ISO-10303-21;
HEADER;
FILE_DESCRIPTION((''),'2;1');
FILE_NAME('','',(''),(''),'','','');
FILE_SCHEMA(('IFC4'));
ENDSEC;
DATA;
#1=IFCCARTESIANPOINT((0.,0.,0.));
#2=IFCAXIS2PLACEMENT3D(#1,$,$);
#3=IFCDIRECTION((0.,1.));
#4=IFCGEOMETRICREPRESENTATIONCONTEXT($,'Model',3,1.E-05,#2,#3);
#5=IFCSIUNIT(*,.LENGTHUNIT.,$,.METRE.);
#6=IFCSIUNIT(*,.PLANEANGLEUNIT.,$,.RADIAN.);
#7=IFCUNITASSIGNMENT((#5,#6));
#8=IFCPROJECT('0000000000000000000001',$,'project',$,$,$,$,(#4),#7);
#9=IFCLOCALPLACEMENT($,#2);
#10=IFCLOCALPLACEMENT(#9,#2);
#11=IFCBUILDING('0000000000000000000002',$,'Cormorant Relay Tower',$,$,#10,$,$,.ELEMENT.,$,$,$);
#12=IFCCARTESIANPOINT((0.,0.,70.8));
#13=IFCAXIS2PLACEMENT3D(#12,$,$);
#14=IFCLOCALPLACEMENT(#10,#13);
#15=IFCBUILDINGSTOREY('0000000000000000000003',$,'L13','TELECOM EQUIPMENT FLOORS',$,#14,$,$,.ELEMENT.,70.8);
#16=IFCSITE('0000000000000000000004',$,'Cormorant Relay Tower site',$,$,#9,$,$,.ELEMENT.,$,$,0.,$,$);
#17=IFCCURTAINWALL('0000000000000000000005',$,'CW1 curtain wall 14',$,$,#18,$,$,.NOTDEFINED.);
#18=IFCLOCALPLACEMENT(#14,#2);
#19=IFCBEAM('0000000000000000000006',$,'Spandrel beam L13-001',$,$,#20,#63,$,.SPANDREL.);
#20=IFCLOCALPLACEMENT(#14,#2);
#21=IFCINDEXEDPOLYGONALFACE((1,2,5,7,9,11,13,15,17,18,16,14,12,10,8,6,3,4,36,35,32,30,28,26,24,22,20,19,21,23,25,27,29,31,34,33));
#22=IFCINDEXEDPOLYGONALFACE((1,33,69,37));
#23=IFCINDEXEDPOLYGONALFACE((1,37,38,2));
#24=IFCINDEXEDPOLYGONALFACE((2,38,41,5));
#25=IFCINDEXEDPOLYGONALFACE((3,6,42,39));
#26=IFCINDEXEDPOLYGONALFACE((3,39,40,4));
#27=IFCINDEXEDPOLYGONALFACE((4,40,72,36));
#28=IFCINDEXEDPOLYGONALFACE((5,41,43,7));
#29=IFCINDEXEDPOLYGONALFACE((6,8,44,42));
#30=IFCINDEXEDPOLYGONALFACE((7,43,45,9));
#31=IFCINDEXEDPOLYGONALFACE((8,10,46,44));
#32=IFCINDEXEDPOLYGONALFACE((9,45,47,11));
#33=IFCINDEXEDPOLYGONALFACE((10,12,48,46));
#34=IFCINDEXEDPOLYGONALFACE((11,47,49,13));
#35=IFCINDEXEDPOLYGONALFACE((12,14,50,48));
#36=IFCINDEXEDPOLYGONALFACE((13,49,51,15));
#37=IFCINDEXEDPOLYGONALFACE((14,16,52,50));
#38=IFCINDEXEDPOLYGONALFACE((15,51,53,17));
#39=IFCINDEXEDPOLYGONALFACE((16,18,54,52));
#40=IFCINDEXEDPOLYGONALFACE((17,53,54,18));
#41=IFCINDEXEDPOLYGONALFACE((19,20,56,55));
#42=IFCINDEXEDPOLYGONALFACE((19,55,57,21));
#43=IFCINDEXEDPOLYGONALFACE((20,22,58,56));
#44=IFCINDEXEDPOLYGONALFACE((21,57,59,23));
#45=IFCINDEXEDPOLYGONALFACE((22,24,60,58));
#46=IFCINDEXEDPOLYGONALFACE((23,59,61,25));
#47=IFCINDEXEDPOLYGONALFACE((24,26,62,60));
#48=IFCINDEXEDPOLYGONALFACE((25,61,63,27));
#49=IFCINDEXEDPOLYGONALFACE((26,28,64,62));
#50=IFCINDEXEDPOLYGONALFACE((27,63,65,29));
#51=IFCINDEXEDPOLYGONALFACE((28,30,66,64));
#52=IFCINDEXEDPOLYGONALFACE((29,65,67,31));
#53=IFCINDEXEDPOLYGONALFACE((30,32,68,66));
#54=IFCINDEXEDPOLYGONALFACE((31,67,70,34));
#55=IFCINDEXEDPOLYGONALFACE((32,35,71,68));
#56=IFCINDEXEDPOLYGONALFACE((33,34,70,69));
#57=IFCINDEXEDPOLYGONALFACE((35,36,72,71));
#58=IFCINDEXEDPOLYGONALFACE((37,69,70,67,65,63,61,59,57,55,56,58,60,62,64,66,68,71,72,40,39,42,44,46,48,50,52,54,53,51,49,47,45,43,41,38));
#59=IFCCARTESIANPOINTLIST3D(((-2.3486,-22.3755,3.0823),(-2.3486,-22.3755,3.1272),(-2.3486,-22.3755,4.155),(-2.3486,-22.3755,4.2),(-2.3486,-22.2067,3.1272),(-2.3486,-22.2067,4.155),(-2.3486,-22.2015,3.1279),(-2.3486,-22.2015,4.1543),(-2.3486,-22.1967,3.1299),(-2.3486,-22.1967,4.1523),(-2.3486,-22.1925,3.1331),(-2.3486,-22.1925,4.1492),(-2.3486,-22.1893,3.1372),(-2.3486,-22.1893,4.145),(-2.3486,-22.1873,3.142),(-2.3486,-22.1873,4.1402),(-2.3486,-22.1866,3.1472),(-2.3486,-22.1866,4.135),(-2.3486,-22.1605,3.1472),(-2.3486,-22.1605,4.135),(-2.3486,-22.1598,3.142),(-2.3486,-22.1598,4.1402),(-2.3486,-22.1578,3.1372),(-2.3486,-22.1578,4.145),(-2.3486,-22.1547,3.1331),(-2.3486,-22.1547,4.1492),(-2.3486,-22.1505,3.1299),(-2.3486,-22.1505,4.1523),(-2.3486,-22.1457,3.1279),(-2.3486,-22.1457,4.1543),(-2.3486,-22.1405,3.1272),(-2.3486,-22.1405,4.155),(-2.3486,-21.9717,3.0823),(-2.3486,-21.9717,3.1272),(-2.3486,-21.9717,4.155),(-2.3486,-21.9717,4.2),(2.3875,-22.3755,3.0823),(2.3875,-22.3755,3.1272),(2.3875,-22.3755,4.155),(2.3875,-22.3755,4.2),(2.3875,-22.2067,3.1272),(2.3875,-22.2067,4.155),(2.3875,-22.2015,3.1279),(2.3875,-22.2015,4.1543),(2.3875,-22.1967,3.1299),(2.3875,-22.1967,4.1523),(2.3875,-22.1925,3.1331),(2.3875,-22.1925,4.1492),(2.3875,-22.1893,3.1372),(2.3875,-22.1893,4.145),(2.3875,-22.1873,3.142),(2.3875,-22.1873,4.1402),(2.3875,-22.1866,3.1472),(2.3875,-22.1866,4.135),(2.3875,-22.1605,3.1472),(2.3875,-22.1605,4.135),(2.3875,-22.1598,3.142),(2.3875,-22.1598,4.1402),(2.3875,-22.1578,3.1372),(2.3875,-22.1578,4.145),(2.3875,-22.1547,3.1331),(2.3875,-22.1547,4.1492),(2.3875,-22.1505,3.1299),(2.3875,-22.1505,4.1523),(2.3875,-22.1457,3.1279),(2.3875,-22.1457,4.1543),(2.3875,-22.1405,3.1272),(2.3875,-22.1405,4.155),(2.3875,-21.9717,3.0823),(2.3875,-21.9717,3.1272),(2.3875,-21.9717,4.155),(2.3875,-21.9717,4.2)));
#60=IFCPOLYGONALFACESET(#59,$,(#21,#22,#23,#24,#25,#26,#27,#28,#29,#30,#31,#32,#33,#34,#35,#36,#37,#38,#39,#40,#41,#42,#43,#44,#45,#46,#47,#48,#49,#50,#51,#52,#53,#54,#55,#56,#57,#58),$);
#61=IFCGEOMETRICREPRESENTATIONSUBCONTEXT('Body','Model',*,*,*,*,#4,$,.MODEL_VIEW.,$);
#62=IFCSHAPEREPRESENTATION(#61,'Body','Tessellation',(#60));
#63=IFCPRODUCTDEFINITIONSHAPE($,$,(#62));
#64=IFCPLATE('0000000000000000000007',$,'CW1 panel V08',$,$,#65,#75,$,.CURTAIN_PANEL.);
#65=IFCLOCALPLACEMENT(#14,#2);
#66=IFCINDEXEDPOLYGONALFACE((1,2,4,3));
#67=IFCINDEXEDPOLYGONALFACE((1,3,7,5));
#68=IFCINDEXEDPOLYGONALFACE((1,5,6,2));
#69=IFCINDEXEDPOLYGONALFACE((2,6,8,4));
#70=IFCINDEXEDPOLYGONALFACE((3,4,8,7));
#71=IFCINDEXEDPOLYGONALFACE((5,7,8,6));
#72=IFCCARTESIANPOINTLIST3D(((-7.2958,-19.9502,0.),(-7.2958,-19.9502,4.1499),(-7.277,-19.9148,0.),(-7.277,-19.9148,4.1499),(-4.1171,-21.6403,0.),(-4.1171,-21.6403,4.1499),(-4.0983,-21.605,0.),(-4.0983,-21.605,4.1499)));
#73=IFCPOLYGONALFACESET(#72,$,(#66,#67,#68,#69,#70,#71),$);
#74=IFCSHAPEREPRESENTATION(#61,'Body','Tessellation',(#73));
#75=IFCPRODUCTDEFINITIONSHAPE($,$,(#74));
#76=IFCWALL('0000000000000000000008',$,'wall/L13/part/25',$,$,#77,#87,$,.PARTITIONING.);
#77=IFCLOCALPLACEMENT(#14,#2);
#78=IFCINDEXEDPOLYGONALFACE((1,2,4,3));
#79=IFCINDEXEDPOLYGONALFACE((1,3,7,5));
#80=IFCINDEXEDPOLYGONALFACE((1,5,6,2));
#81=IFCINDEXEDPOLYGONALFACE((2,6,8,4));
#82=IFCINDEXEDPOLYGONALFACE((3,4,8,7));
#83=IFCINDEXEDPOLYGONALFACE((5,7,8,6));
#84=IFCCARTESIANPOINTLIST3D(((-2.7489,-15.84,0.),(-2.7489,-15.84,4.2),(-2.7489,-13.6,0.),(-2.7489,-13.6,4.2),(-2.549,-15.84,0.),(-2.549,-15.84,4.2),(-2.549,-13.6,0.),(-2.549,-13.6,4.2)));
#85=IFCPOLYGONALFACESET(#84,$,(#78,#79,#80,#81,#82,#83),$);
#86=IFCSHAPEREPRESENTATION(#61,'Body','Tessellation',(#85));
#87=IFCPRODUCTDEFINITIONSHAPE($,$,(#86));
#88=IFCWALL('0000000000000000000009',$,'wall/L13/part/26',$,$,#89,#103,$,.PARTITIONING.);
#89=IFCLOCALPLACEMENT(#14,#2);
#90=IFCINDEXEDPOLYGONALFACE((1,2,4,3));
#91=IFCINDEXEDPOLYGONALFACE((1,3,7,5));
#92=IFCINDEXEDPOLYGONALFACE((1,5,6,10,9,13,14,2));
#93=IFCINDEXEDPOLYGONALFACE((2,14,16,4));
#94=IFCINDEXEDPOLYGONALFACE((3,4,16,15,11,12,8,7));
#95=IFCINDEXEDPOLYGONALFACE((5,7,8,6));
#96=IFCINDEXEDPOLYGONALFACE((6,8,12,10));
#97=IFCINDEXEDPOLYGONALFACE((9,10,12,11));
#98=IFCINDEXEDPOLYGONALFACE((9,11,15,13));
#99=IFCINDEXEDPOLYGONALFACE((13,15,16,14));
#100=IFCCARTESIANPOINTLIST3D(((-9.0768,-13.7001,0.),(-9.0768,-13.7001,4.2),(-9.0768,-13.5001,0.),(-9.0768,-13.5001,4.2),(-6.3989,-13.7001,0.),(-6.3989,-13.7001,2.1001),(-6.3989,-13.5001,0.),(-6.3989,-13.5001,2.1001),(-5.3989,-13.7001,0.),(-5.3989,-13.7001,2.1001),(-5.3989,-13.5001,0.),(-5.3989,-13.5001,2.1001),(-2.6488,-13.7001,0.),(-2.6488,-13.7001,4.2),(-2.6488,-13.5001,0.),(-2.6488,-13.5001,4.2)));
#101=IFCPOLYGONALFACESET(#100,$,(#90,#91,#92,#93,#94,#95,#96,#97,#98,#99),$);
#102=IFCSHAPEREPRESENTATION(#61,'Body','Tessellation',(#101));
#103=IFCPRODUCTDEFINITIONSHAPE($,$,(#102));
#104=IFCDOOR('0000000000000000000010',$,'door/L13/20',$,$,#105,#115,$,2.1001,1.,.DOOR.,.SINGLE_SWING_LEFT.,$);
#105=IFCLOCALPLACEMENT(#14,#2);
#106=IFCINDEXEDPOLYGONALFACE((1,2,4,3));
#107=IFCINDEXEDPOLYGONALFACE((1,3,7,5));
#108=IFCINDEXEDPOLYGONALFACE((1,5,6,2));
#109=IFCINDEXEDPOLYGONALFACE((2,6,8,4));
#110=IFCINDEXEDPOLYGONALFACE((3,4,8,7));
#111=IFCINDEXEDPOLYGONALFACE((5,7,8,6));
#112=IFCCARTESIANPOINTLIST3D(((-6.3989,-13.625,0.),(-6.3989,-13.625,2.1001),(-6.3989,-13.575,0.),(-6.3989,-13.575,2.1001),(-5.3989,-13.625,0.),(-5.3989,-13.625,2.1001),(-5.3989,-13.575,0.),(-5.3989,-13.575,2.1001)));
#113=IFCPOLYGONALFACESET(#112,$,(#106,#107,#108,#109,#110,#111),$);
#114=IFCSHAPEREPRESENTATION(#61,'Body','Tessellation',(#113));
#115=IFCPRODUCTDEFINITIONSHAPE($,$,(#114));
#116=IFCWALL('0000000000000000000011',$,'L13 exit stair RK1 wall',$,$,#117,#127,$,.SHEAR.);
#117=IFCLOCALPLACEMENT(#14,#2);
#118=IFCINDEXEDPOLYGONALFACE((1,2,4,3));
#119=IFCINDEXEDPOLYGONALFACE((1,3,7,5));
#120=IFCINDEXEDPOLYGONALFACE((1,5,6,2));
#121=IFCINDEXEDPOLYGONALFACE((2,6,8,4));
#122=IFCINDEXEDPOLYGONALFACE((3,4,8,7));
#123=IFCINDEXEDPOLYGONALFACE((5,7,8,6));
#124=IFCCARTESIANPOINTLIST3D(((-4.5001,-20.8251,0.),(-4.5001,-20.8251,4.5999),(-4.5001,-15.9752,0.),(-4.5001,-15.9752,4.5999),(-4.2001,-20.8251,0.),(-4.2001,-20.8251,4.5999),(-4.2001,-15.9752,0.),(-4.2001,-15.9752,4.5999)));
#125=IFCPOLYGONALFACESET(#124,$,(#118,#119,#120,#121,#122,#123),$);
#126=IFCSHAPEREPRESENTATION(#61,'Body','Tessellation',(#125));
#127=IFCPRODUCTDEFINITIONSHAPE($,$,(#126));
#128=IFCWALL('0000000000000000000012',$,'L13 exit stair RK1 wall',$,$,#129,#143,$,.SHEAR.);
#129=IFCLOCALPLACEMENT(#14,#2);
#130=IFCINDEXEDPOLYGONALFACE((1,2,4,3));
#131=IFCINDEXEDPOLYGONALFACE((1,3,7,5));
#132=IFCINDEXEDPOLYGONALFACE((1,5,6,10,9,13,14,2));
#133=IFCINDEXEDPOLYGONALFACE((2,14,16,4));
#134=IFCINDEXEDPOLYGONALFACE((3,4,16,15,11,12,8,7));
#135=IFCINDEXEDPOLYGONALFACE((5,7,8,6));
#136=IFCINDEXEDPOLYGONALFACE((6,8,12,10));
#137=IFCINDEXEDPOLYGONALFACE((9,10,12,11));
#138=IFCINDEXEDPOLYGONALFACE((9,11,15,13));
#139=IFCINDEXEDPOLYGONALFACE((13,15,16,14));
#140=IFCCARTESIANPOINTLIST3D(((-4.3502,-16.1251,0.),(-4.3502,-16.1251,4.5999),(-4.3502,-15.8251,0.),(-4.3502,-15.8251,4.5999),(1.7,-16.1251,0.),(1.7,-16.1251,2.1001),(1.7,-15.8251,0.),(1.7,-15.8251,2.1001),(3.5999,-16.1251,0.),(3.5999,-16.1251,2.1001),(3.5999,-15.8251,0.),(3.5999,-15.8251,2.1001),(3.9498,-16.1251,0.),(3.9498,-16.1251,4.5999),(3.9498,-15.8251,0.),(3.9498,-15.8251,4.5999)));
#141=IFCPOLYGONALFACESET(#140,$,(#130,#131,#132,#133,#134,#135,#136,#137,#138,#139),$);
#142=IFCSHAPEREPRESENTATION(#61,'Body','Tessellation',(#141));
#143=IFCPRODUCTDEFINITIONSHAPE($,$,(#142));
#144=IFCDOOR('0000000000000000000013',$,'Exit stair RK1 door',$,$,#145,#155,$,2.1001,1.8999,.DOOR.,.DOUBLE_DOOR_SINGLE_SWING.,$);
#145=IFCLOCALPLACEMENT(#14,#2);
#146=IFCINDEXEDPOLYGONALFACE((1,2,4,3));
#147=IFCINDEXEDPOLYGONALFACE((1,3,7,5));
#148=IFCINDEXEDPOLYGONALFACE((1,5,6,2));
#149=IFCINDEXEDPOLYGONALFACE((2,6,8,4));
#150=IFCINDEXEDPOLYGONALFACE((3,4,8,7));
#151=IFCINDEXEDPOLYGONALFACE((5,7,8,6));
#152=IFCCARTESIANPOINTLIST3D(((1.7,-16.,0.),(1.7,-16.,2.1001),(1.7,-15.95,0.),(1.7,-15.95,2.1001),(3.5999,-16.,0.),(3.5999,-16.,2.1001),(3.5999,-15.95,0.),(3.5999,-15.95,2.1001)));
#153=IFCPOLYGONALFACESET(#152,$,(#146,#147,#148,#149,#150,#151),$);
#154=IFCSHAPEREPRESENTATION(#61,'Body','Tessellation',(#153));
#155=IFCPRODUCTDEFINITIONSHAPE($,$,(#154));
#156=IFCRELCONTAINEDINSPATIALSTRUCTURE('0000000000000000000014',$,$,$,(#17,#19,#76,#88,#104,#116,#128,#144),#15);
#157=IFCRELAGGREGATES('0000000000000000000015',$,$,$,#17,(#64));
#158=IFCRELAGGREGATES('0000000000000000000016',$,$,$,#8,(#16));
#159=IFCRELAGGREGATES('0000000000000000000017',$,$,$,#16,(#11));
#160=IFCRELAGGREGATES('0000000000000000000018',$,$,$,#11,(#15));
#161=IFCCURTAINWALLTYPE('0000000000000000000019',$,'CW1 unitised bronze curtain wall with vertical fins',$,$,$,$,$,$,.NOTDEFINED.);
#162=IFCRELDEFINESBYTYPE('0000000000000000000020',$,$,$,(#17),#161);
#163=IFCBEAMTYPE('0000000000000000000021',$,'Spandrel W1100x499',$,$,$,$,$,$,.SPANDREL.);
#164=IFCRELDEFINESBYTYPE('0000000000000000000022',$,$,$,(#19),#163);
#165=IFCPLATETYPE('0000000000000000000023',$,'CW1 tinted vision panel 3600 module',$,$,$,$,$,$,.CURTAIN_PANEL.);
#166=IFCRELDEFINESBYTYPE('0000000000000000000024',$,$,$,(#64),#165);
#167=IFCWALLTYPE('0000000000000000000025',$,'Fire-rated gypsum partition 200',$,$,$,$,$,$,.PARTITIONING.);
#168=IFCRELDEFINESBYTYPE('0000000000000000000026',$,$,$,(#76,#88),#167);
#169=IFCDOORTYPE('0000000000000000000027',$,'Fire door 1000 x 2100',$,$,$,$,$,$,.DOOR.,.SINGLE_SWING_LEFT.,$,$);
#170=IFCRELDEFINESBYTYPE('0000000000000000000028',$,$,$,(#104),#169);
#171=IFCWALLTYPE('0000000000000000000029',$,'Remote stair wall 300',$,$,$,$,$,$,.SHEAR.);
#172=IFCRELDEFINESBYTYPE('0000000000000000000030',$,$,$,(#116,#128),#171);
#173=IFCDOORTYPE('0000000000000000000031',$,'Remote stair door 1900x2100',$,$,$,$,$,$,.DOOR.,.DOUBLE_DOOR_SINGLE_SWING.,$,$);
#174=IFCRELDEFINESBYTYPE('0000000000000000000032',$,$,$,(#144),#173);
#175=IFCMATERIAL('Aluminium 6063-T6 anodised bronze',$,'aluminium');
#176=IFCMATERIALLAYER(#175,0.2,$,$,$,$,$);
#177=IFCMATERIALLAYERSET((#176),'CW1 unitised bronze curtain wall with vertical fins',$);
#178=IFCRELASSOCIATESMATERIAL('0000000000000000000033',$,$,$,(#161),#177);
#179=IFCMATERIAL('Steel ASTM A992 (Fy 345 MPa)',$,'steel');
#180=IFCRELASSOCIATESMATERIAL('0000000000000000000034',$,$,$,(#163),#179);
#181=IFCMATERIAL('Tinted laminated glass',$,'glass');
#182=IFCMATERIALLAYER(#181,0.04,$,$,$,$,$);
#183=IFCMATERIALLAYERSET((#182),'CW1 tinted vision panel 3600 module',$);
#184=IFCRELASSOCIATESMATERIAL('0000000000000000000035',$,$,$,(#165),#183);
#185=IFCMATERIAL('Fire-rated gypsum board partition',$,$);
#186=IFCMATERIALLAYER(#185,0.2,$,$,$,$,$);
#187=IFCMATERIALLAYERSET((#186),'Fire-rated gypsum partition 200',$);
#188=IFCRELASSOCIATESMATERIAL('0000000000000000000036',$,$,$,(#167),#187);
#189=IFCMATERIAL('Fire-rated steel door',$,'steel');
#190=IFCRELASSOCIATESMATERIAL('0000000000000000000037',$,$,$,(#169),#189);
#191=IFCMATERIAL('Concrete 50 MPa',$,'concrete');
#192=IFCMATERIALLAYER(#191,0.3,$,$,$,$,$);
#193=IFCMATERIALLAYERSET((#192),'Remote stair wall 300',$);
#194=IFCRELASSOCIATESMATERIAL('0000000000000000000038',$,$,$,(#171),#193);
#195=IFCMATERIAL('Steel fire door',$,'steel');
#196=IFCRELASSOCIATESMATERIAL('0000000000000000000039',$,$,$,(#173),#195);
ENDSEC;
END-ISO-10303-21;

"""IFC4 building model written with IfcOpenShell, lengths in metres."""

from ifc_helpers import new_model, si_unit, direction, frame, frame_2d, origin, origin_2d, place, context, subcontext, project, spatial, rectangle, i_section, extrude, material, layer, layer_set, material_profile, profile_set, type_object, element, fill, aggregate, save


model = new_model("IFC4")

# Units and contexts
model_context = context("Model", 3, precision=1e-05, world=origin(), true_north=direction((0.0, 1.0)))
body_context = subcontext(model_context, "Body", "Model", "MODEL_VIEW")
ifc_project = project(units=[si_unit("LENGTHUNIT", "METRE"), si_unit("PLANEANGLEUNIT", "RADIAN")], contexts=[model_context])

# Site, building, storey
site_placement = place(None, origin())
site = spatial("IfcSite", under=ifc_project, at=site_placement, Name="Cormorant Relay Tower site", CompositionType="ELEMENT", RefElevation=0.0)
building_placement = place(site_placement, origin())
building = spatial("IfcBuilding", under=site, at=building_placement, Name="Cormorant Relay Tower", CompositionType="ELEMENT")
storey_placement = place(building_placement, frame((0.0, 0.0, 70.8)))
storey = spatial("IfcBuildingStorey", under=building, at=storey_placement, Name="L13", Description="TELECOM EQUIPMENT FLOORS", CompositionType="ELEMENT", Elevation=70.8)

# Shared definitions
ifc_material_1 = material(Name="Aluminium 6063-T6 anodised bronze", Category="aluminium")
ifc_layer_1 = layer(ifc_material_1, 0.2)
ifc_layer_set_1 = layer_set([ifc_layer_1], Name="CW1 unitised bronze curtain wall with vertical fins")
curtain_wall_type = type_object("IfcCurtainWallType", Name="CW1 unitised bronze curtain wall with vertical fins", PredefinedType="NOTDEFINED", material=ifc_layer_set_1)

# Curtain wall
curtain_wall_1_placement = place(storey_placement, origin())
curtain_wall_1 = element("IfcCurtainWall", 1, at=curtain_wall_1_placement, inside=storey, type_object=curtain_wall_type, Name="CW1 curtain wall 14", PredefinedType="NOTDEFINED")

# Beam
ifc_material_2 = material(Name="Steel ASTM A992 (Fy 345 MPa)", Category="steel")
ifc_material_profile_1 = material_profile(ifc_material_2, i_section(OverallWidth=0.4038, OverallDepth=1.1177, WebThickness=0.0261, FlangeThickness=0.0449, FilletRadius=0.02, at=origin_2d()), Name="W1100x499")
ifc_profile_set_1 = profile_set([ifc_material_profile_1], Name="Steel ASTM A992 (Fy 345 MPa)")
beam_type = type_object("IfcBeamType", Name="Spandrel W1100x499", PredefinedType="SPANDREL", material=ifc_profile_set_1)
beam_placement = place(storey_placement, frame((-2.3486, -22.1736, 3.6411), z_axis=(1.0, 0.0, 0.0), x_axis=(0.0, 1.0, 0.0)))
element("IfcBeam", 2, at=beam_placement, inside=storey, type_object=beam_type, Name="Spandrel beam L13-001", PredefinedType="SPANDREL", context=body_context, shape_type="SweptSolid", body=[
    extrude(i_section(OverallWidth=0.4038, OverallDepth=1.1177, WebThickness=0.0261, FlangeThickness=0.0449, FilletRadius=0.02, at=origin_2d()), origin(), (0.0, 0.0, 1.0), 4.7361),
])

# Plate
ifc_material_3 = material(Name="Tinted laminated glass", Category="glass")
ifc_layer_2 = layer(ifc_material_3, 0.04)
ifc_layer_set_2 = layer_set([ifc_layer_2], Name="CW1 tinted vision panel 3600 module")
plate_type = type_object("IfcPlateType", Name="CW1 tinted vision panel 3600 module", PredefinedType="CURTAIN_PANEL", material=ifc_layer_set_2)
plate_placement = place(storey_placement, frame((-5.697, -20.7776, 0.0), z_axis=(0.0, 0.0, 1.0), x_axis=(0.882948, -0.469472, 0.0)))
plate = element("IfcPlate", 3, at=plate_placement, type_object=plate_type, Name="CW1 panel V08", PredefinedType="CURTAIN_PANEL", context=body_context, shape_type="SweptSolid", body=[
    extrude(rectangle(XDim=3.6001, YDim=0.04, at=origin_2d()), origin(), (0.0, 0.0, 1.0), 4.1499),
])

# Wall
ifc_material_4 = material(Name="Fire-rated gypsum board partition")
ifc_layer_3 = layer(ifc_material_4, 0.2)
ifc_layer_set_3 = layer_set([ifc_layer_3], Name="Fire-rated gypsum partition 200")
wall_type_1 = type_object("IfcWallType", Name="Fire-rated gypsum partition 200", PredefinedType="PARTITIONING", material=ifc_layer_set_3)
wall_1_placement = place(storey_placement, frame((-2.6489, -15.8401, 0.0), z_axis=(0.0, 0.0, 1.0), x_axis=(0.0, 1.0, 0.0)))
element("IfcWall", 4, at=wall_1_placement, inside=storey, type_object=wall_type_1, Name="wall/L13/part/25", PredefinedType="PARTITIONING", context=body_context, shape_type="SweptSolid", body=[
    extrude(rectangle(XDim=2.24, YDim=0.2, at=frame_2d((1.1201, 0.0))), origin(), (0.0, 0.0, 1.0), 4.2),
])

# Wall, opening, door
wall_2_placement = place(storey_placement, frame((-2.6489, -13.6001, 0.0), z_axis=(0.0, 0.0, 1.0), x_axis=(-1.0, 0.0, 0.0)))
wall_2 = element("IfcWall", 5, at=wall_2_placement, inside=storey, type_object=wall_type_1, Name="wall/L13/part/26", PredefinedType="PARTITIONING", context=body_context, shape_type="SweptSolid", body=[
    extrude(rectangle(XDim=6.428, YDim=0.2, at=frame_2d((3.2139, 0.0))), origin(), (0.0, 0.0, 1.0), 4.2),
])
opening_1_placement = place(wall_2_placement, frame((2.75, 0.0, 0.0)))
opening_1 = element("IfcOpeningElement", 6, at=opening_1_placement, cuts=wall_2, PredefinedType="OPENING", context=body_context, shape_type="SweptSolid", body=[
    extrude(rectangle(XDim=1.0, YDim=2.1001, at=frame_2d((0.5, 1.05))), frame((0.0, 0.1099, 0.0), z_axis=(0.0, -1.0, 0.0), x_axis=(1.0, 0.0, 0.0)), (0.0, 0.0, 1.0), 0.22),
])
ifc_material_5 = material(Name="Fire-rated steel door", Category="steel")
door_type_1 = type_object("IfcDoorType", Name="Fire door 1000 x 2100", OperationType="SINGLE_SWING_LEFT", PredefinedType="DOOR", material=ifc_material_5)
door_1_placement = place(opening_1_placement, origin())
door_1 = element("IfcDoor", 7, at=door_1_placement, inside=storey, type_object=door_type_1, Name="door/L13/20", OperationType="SINGLE_SWING_LEFT", OverallHeight=2.1001, OverallWidth=1.0, PredefinedType="DOOR", context=body_context, shape_type="SweptSolid", body=[
    extrude(rectangle(XDim=1.0, YDim=2.1001, at=frame_2d((0.5, 1.05))), frame((0.0, 0.0249, 0.0), z_axis=(0.0, -1.0, 0.0), x_axis=(1.0, 0.0, 0.0)), (0.0, 0.0, 1.0), 0.05),
])
fill(opening_1, door_1)

# Wall
ifc_material_6 = material(Name="Concrete 50 MPa", Category="concrete")
ifc_layer_4 = layer(ifc_material_6, 0.3)
ifc_layer_set_4 = layer_set([ifc_layer_4], Name="Remote stair wall 300")
wall_type_2 = type_object("IfcWallType", Name="Remote stair wall 300", PredefinedType="SHEAR", material=ifc_layer_set_4)
wall_3_placement = place(storey_placement, frame((-4.3501, -20.825, 0.0), z_axis=(0.0, 0.0, 1.0), x_axis=(0.0, 1.0, 0.0)))
element("IfcWall", 8, at=wall_3_placement, inside=storey, type_object=wall_type_2, Name="L13 exit stair RK1 wall", PredefinedType="SHEAR", context=body_context, shape_type="SweptSolid", body=[
    extrude(rectangle(XDim=4.8499, YDim=0.3, at=frame_2d((2.4248, 0.0))), origin(), (0.0, 0.0, 1.0), 4.5999),
])

# Wall, opening, door
wall_4_placement = place(storey_placement, frame((-4.3501, -15.9751, 0.0), z_axis=(0.0, 0.0, 1.0), x_axis=(1.0, 0.0, 0.0)))
wall_4 = element("IfcWall", 9, at=wall_4_placement, inside=storey, type_object=wall_type_2, Name="L13 exit stair RK1 wall", PredefinedType="SHEAR", context=body_context, shape_type="SweptSolid", body=[
    extrude(rectangle(XDim=8.3, YDim=0.3, at=frame_2d((4.1499, 0.0))), origin(), (0.0, 0.0, 1.0), 4.5999),
])
opening_2_placement = place(wall_4_placement, frame((6.05, 0.0, 0.0)))
opening_2 = element("IfcOpeningElement", 10, at=opening_2_placement, cuts=wall_4, PredefinedType="OPENING", context=body_context, shape_type="SweptSolid", body=[
    extrude(rectangle(XDim=1.8999, YDim=2.1001, at=frame_2d((0.95, 1.05))), frame((0.0, 0.1599, 0.0), z_axis=(0.0, -1.0, 0.0), x_axis=(1.0, 0.0, 0.0)), (0.0, 0.0, 1.0), 0.3201),
])
ifc_material_7 = material(Name="Steel fire door", Category="steel")
door_type_2 = type_object("IfcDoorType", Name="Remote stair door 1900x2100", OperationType="DOUBLE_DOOR_SINGLE_SWING", PredefinedType="DOOR", material=ifc_material_7)
door_2_placement = place(opening_2_placement, frame((1.8999, 0.0, 0.0), z_axis=(0.0, 0.0, 1.0), x_axis=(-1.0, 0.0, 0.0)))
door_2 = element("IfcDoor", 11, at=door_2_placement, inside=storey, type_object=door_type_2, Name="Exit stair RK1 door", OperationType="DOUBLE_DOOR_SINGLE_SWING", OverallHeight=2.1001, OverallWidth=1.8999, PredefinedType="DOOR", context=body_context, shape_type="SweptSolid", body=[
    extrude(rectangle(XDim=1.8999, YDim=2.1001, at=frame_2d((0.95, 1.05))), frame((0.0, 0.0249, 0.0), z_axis=(0.0, -1.0, 0.0), x_axis=(1.0, 0.0, 0.0)), (0.0, 0.0, 1.0), 0.05),
])
fill(opening_2, door_2)

aggregate(curtain_wall_1, [plate])

save(model, "model.ifc")
